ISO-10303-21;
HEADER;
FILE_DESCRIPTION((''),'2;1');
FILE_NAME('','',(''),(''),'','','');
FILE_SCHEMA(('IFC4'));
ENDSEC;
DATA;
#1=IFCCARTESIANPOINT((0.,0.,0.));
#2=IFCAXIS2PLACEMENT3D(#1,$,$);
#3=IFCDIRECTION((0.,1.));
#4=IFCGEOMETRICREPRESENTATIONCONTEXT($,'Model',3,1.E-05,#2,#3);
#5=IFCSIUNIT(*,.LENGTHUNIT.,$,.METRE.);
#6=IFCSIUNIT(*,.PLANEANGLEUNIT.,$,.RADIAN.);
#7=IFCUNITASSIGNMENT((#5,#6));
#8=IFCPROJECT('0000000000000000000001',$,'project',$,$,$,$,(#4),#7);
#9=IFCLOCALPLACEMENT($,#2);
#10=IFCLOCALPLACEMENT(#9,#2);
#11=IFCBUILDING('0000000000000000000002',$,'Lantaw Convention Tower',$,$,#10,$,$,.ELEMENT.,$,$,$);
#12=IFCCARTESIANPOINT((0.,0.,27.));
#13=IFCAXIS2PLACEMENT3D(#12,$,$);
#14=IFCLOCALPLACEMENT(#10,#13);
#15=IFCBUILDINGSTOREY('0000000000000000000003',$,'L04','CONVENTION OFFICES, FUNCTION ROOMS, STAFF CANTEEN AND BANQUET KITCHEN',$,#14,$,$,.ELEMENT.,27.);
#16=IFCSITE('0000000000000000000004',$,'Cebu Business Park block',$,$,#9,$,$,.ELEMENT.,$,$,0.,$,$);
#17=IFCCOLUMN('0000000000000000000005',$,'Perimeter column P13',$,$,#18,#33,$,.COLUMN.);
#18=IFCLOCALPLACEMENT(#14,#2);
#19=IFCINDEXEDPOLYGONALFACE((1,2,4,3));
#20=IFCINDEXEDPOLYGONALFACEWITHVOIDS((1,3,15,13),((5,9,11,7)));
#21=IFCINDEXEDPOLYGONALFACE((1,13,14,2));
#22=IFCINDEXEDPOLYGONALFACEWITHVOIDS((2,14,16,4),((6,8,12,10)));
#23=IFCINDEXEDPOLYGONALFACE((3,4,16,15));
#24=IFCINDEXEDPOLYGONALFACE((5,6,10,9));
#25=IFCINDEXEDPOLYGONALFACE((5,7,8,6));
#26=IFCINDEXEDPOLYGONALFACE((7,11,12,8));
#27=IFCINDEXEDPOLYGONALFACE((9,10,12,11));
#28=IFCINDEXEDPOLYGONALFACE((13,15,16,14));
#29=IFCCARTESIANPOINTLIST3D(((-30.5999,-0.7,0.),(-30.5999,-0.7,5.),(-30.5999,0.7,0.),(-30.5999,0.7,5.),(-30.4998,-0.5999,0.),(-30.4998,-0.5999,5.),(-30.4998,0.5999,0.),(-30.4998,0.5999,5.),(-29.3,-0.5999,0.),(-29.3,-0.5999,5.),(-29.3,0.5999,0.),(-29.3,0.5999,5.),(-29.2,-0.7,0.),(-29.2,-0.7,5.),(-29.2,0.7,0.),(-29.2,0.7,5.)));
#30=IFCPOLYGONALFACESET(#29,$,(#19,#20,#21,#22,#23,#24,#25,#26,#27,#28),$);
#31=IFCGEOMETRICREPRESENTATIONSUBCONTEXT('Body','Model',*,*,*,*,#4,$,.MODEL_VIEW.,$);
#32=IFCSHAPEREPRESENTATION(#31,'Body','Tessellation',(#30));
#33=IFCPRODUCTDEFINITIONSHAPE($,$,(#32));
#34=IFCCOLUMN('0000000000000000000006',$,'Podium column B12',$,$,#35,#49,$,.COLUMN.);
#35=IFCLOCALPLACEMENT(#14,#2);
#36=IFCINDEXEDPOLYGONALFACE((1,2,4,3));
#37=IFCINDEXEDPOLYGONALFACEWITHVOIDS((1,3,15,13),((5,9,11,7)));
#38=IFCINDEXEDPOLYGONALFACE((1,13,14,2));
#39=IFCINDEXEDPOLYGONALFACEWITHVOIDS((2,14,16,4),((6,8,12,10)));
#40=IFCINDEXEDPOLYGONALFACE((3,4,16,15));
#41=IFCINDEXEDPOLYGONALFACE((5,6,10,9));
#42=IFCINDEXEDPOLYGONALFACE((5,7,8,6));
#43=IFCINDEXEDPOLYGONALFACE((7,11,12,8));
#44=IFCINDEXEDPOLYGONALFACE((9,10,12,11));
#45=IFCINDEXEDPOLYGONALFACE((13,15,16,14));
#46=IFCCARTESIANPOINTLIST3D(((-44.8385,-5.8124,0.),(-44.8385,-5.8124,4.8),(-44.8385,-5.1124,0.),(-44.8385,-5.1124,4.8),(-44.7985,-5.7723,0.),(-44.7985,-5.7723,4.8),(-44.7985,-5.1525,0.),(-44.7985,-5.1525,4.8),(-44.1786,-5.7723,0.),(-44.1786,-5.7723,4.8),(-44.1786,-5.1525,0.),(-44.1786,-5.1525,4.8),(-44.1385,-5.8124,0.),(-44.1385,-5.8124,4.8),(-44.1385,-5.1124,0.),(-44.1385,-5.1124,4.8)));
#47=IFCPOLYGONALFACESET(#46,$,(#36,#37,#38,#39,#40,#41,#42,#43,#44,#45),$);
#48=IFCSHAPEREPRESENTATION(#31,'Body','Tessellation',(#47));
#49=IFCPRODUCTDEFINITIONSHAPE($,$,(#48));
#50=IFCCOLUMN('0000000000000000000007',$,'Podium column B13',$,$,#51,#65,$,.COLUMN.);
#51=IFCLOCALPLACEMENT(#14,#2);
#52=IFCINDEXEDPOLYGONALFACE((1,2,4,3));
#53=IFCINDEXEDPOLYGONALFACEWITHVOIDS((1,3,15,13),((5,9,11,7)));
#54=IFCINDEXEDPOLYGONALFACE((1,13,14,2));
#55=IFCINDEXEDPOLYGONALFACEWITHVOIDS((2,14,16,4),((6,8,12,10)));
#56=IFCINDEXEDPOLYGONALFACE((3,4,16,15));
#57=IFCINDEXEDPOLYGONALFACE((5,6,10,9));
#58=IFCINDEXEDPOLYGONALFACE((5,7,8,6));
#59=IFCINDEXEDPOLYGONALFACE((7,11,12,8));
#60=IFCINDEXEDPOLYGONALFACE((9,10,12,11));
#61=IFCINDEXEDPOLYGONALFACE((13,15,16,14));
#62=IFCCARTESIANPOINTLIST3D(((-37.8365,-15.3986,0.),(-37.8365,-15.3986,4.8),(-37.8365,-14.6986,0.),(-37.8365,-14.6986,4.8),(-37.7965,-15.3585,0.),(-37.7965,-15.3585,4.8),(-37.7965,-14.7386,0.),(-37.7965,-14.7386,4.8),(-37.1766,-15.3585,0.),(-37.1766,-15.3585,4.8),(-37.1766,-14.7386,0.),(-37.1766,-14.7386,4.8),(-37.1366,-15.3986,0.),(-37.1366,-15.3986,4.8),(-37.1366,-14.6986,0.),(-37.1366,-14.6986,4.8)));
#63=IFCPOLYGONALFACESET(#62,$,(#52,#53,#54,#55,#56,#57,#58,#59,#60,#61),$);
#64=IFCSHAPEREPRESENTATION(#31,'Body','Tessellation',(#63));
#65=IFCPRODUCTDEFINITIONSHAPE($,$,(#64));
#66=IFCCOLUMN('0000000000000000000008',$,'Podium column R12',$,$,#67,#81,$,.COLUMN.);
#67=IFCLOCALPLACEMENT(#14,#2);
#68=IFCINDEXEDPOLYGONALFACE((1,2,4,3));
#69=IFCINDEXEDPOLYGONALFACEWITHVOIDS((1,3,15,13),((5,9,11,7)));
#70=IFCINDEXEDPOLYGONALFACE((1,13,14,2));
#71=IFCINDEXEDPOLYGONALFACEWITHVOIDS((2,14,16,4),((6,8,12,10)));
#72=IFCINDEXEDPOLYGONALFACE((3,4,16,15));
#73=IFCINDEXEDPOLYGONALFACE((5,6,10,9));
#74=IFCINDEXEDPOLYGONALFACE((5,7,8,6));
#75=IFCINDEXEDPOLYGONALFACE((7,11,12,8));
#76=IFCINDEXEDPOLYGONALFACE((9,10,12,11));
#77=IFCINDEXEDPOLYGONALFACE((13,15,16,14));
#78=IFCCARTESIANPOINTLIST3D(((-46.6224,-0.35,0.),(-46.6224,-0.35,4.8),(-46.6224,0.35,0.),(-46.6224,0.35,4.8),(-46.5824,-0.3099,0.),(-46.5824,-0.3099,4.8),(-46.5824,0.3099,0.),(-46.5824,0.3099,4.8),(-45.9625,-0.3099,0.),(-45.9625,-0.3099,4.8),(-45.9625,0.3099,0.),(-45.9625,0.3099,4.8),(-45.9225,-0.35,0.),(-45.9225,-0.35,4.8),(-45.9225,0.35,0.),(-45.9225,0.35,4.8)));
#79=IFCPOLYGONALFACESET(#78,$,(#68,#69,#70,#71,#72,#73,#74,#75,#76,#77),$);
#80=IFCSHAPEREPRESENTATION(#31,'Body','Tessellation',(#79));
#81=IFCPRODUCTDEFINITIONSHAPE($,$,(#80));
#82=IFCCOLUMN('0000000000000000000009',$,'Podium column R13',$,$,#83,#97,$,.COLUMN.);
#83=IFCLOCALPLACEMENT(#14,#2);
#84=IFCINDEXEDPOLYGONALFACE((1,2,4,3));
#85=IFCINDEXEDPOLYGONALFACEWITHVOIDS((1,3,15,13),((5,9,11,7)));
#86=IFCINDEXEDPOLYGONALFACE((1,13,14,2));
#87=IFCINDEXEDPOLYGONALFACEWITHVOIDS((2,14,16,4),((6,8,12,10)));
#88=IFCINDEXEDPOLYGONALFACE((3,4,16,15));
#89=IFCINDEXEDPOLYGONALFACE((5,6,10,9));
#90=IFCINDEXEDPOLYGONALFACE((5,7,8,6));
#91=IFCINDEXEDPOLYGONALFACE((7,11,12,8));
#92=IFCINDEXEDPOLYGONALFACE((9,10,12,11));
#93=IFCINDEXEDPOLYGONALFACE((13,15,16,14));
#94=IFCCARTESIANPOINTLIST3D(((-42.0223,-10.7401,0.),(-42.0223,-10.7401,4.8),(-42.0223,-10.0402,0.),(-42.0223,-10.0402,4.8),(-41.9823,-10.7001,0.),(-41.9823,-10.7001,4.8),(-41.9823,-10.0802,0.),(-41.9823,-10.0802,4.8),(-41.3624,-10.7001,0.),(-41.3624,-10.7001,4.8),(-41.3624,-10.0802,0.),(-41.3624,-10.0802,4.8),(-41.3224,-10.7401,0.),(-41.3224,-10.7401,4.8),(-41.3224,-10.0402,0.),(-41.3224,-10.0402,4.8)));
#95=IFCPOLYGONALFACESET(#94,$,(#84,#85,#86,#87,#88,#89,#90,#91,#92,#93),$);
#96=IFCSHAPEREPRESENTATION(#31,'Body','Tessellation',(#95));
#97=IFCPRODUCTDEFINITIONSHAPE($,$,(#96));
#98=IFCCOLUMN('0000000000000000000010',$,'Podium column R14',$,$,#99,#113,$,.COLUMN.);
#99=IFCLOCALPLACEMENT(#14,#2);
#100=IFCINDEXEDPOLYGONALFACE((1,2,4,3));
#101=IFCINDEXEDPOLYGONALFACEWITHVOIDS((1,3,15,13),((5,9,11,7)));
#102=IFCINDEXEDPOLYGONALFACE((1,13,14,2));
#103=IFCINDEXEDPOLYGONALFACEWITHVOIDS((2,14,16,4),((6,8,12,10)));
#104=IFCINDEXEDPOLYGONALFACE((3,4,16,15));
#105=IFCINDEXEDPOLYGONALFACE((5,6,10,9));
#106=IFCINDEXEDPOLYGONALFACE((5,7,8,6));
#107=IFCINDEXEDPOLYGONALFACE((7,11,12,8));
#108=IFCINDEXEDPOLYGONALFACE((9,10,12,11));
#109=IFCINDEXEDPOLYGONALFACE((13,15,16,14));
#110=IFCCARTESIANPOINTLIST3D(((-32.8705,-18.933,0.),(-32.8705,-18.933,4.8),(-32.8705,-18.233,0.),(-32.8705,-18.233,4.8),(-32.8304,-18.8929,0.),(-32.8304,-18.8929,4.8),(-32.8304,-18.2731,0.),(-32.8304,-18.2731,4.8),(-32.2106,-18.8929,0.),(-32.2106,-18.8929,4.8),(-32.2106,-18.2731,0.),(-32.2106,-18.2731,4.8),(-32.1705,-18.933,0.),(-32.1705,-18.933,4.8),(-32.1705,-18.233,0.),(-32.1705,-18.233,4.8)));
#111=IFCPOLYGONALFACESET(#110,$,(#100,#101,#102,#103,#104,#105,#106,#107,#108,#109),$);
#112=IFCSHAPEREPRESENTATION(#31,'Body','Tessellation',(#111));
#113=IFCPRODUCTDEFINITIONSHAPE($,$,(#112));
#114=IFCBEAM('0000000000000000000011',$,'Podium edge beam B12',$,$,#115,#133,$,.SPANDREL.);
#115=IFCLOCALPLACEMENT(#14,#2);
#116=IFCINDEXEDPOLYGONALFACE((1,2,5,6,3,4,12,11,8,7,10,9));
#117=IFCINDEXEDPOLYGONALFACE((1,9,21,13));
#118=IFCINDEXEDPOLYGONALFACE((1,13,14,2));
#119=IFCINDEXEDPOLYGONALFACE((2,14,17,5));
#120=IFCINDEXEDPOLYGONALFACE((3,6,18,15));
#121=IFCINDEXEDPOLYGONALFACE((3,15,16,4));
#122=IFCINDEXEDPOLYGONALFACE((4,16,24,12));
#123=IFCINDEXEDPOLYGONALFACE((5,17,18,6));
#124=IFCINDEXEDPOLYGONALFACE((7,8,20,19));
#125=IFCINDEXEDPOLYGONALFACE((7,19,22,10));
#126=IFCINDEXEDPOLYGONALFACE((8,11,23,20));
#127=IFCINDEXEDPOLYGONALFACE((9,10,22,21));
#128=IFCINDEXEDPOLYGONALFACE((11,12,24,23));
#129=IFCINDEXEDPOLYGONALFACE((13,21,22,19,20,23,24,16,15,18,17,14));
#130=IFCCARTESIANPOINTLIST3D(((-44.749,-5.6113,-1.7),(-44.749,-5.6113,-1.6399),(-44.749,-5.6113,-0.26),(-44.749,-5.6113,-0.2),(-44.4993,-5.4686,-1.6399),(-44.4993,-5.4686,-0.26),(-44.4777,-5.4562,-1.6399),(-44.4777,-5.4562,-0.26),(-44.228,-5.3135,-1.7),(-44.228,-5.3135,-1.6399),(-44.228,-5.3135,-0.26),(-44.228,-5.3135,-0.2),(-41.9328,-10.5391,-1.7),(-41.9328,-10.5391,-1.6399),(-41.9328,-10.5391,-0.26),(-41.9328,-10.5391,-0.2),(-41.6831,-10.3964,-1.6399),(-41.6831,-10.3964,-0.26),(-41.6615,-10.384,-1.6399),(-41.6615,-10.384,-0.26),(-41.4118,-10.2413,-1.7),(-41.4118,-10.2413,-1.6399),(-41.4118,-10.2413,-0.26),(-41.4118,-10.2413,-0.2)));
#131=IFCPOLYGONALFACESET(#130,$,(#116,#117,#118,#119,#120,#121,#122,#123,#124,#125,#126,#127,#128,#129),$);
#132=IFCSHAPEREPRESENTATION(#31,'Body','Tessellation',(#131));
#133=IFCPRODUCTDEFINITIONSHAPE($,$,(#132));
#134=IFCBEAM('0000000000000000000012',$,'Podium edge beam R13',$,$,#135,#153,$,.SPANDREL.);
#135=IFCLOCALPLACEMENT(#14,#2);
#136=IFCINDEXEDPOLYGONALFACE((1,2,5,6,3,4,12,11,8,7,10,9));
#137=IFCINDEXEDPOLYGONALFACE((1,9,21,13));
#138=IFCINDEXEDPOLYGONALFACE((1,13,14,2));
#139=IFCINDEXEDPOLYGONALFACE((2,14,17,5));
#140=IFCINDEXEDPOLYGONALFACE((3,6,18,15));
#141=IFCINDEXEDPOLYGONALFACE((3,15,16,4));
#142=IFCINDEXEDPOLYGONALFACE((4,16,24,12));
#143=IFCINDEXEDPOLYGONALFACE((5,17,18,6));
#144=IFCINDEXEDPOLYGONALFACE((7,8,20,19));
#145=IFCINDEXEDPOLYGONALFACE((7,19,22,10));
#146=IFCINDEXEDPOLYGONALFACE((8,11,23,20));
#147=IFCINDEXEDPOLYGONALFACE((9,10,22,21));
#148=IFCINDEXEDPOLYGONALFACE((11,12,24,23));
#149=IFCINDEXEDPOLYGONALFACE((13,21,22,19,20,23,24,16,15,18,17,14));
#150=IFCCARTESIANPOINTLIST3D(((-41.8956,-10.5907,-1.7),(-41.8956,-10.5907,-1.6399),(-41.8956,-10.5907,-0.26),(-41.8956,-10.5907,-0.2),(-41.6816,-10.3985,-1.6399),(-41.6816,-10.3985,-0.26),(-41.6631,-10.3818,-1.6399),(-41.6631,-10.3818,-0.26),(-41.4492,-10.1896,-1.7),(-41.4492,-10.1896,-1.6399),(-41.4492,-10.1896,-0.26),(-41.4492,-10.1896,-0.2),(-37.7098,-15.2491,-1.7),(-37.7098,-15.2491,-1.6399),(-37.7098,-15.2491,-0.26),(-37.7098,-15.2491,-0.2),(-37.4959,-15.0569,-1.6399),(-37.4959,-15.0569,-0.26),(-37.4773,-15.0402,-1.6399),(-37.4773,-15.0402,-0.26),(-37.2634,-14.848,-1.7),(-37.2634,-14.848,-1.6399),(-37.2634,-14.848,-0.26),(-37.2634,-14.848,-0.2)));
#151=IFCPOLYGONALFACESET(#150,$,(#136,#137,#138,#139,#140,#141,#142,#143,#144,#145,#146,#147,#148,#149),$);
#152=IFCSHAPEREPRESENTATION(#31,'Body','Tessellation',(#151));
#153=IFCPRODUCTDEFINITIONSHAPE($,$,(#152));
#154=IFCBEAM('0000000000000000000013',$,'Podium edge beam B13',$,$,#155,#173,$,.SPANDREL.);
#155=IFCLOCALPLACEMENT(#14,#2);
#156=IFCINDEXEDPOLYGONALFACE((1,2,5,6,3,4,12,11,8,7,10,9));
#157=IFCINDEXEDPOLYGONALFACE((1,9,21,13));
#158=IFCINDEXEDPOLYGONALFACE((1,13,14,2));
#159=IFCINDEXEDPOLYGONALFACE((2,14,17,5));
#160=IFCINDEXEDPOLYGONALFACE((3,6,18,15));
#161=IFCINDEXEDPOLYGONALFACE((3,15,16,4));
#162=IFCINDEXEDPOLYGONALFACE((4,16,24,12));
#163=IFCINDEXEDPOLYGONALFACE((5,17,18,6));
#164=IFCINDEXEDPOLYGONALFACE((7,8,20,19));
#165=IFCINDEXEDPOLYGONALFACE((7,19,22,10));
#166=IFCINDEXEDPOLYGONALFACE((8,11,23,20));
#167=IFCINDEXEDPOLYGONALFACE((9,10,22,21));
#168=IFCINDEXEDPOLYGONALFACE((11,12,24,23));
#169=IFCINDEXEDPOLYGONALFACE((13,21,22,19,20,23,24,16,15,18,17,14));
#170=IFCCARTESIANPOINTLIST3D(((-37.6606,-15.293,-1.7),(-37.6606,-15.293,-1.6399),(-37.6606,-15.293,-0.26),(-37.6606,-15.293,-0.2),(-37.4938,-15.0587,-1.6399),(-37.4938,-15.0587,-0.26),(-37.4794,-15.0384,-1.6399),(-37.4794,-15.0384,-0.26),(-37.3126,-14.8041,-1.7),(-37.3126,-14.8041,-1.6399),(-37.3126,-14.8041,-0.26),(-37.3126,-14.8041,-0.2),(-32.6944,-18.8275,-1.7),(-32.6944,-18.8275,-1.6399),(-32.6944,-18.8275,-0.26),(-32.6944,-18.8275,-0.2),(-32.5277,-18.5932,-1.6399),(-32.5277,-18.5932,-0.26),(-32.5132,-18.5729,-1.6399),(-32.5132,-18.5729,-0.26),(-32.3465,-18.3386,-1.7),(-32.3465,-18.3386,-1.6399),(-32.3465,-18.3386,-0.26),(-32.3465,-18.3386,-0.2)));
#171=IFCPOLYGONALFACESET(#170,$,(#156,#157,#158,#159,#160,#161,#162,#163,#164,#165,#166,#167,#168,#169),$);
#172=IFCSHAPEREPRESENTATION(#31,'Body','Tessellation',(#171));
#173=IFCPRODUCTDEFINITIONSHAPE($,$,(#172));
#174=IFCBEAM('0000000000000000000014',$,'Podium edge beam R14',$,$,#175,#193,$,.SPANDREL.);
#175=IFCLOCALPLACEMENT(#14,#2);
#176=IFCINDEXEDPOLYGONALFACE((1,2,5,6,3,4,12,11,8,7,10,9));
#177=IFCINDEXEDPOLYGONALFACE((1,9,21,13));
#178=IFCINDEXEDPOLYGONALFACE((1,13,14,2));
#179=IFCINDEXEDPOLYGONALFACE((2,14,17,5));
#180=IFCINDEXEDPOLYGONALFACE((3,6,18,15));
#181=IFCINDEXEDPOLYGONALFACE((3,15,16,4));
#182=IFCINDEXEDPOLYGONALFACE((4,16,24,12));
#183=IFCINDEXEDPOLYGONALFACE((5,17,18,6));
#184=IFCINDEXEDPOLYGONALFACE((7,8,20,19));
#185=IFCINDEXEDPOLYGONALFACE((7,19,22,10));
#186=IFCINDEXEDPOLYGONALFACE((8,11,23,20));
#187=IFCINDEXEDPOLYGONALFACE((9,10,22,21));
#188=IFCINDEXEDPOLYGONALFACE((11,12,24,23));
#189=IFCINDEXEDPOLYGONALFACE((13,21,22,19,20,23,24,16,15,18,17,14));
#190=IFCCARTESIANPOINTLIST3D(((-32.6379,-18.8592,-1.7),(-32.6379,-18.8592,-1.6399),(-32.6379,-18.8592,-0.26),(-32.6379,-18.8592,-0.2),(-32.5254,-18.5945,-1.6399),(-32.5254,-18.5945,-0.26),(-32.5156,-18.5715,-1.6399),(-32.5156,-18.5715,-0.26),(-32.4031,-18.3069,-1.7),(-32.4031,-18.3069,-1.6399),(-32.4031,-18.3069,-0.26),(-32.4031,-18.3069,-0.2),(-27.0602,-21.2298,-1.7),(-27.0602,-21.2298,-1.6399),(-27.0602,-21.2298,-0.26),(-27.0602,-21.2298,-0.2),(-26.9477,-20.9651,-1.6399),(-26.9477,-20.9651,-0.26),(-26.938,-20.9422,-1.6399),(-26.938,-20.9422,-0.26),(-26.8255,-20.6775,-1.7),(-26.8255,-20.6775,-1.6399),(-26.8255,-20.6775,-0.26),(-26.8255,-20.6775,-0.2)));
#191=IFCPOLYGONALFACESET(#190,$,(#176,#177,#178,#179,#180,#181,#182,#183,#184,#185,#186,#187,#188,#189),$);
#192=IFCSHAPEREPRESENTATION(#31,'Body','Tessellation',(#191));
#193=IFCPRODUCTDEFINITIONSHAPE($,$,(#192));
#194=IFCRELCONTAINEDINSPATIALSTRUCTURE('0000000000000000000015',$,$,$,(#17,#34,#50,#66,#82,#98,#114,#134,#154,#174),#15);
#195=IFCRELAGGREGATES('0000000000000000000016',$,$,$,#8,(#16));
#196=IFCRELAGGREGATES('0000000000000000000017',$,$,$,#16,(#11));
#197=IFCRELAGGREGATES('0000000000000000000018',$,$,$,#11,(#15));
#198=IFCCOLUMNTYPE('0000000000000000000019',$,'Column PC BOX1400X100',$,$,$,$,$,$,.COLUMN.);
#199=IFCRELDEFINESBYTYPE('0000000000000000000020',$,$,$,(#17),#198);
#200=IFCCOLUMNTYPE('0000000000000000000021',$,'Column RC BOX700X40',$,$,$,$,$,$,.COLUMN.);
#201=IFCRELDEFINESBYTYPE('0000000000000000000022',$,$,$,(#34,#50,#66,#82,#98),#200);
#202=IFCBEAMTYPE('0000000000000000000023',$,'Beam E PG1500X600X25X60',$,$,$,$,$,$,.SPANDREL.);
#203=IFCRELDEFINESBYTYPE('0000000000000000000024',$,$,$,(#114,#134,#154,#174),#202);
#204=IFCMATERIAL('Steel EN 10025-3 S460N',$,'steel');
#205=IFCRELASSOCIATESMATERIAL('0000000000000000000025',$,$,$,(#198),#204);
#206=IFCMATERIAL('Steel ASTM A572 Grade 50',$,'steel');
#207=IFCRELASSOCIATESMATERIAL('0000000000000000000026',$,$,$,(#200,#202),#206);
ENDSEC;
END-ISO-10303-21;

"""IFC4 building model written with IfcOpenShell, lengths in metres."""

from ifc_helpers import new_model, si_unit, direction, frame, origin, origin_2d, place, context, subcontext, project, spatial, rectangle, hollow_rectangle, i_section, extrude, material, material_profile, profile_set, type_object, element, save


model = new_model("IFC4")

# Units and contexts
model_context = context("Model", 3, precision=1e-05, world=origin(), true_north=direction((0.0, 1.0)))
body_context = subcontext(model_context, "Body", "Model", "MODEL_VIEW")
ifc_project = project(units=[si_unit("LENGTHUNIT", "METRE"), si_unit("PLANEANGLEUNIT", "RADIAN")], contexts=[model_context])

# Site, building, storey
site_placement = place(None, origin())
site = spatial("IfcSite", under=ifc_project, at=site_placement, Name="Cebu Business Park block", CompositionType="ELEMENT", RefElevation=0.0)
building_placement = place(site_placement, origin())
building = spatial("IfcBuilding", under=site, at=building_placement, Name="Lantaw Convention Tower", CompositionType="ELEMENT")
storey_placement = place(building_placement, frame((0.0, 0.0, 27.0)))
storey = spatial("IfcBuildingStorey", under=building, at=storey_placement, Name="L04", Description="CONVENTION OFFICES, FUNCTION ROOMS, STAFF CANTEEN AND BANQUET KITCHEN", CompositionType="ELEMENT", Elevation=27.0)

# Columns
ifc_material_1 = material(Name="Steel EN 10025-3 S460N", Category="steel")
ifc_material_profile_1 = material_profile(ifc_material_1, hollow_rectangle(XDim=1.3999, YDim=1.3999, WallThickness=0.1001, at=origin_2d()), Name="BOX1400X100")
ifc_material_2 = material(Name="Concrete C60/75", Category="concrete")
ifc_material_profile_2 = material_profile(ifc_material_2, rectangle(XDim=1.2, YDim=1.2, at=origin_2d()), Name="Concrete fill of BOX1400X100")
ifc_profile_set_1 = profile_set([ifc_material_profile_1, ifc_material_profile_2], Name="Steel EN 10025-3 S460N")
column_type_1 = type_object("IfcColumnType", Name="Column PC BOX1400X100", PredefinedType="COLUMN", material=ifc_profile_set_1)
column_placement = place(storey_placement, frame((-29.8999, 0.0, 0.0), z_axis=(0.0, 0.0, 1.0), x_axis=(1.0, 0.0, 0.0)))
element("IfcColumn", 1, at=column_placement, inside=storey, type_object=column_type_1, Name="Perimeter column P13", PredefinedType="COLUMN", context=body_context, shape_type="SweptSolid", body=[
    extrude(hollow_rectangle(XDim=1.3999, YDim=1.3999, WallThickness=0.1001, at=origin_2d()), origin(), (0.0, 0.0, 1.0), 5.0),
])
ifc_material_3 = material(Name="Steel ASTM A572 Grade 50", Category="steel")
ifc_material_profile_3 = material_profile(ifc_material_3, hollow_rectangle(XDim=0.7, YDim=0.7, WallThickness=0.04, at=origin_2d()), Name="BOX700X40")
ifc_profile_set_2 = profile_set([ifc_material_profile_3], Name="Steel ASTM A572 Grade 50")
column_type_2 = type_object("IfcColumnType", Name="Column RC BOX700X40", PredefinedType="COLUMN", material=ifc_profile_set_2)
for number, where, z_axis, x_axis, name in (
    (2, (-44.4885, -5.4624, 0.0), (0.0, 0.0, 1.0), (1.0, 0.0, 0.0), "Podium column B12"),
    (3, (-37.4866, -15.0486, 0.0), (0.0, 0.0, 1.0), (1.0, 0.0, 0.0), "Podium column B13"),
    (4, (-46.2725, 0.0, 0.0), (0.0, 0.0, 1.0), (1.0, 0.0, 0.0), "Podium column R12"),
    (5, (-41.6724, -10.3901, 0.0), (0.0, 0.0, 1.0), (1.0, 0.0, 0.0), "Podium column R13"),
    (6, (-32.5205, -18.583, 0.0), (0.0, 0.0, 1.0), (1.0, 0.0, 0.0), "Podium column R14"),
):
    element("IfcColumn", number, at=place(storey_placement, frame(where, z_axis=z_axis, x_axis=x_axis)), inside=storey, type_object=column_type_2, Name=name, PredefinedType="COLUMN", context=body_context, shape_type="SweptSolid", body=[
        extrude(hollow_rectangle(XDim=0.7, YDim=0.7, WallThickness=0.04, at=origin_2d()), origin(), (0.0, 0.0, 1.0), 4.8),
    ])

# Beams
ifc_material_profile_4 = material_profile(ifc_material_3, i_section(OverallWidth=0.6001, OverallDepth=1.5, WebThickness=0.0249, FlangeThickness=0.0601, at=origin_2d()), Name="PG1500X600X25X60")
ifc_profile_set_3 = profile_set([ifc_material_profile_4], Name="Steel ASTM A572 Grade 50")
beam_type_1 = type_object("IfcBeamType", Name="Beam E PG1500X600X25X60", PredefinedType="SPANDREL", material=ifc_profile_set_3)
beam_1_placement = place(storey_placement, frame((-44.4885, -5.4624, -0.95), z_axis=(0.496181, -0.868219, 0.0), x_axis=(0.868219, 0.496181, 0.0)))
element("IfcBeam", 7, at=beam_1_placement, inside=storey, type_object=beam_type_1, Name="Podium edge beam B12", PredefinedType="SPANDREL", context=body_context, shape_type="SweptSolid", body=[
    extrude(i_section(OverallWidth=0.6001, OverallDepth=1.5, WebThickness=0.0249, FlangeThickness=0.0601, at=origin_2d()), origin(), (0.0, 0.0, 1.0), 5.6758),
])
beam_2_placement = place(storey_placement, frame((-41.6724, -10.3901, -0.95), z_axis=(0.668364, -0.743835, 0.0), x_axis=(0.743835, 0.668364, 0.0)))
element("IfcBeam", 8, at=beam_2_placement, inside=storey, type_object=beam_type_1, Name="Podium edge beam R13", PredefinedType="SPANDREL", context=body_context, shape_type="SweptSolid", body=[
    extrude(i_section(OverallWidth=0.6001, OverallDepth=1.5, WebThickness=0.0249, FlangeThickness=0.0601, at=origin_2d()), origin(), (0.0, 0.0, 1.0), 6.2627),
])
beam_3_placement = place(storey_placement, frame((-37.4866, -15.0486, -0.95), z_axis=(0.814723, -0.579851, 0.0), x_axis=(0.579851, 0.814723, 0.0)))
element("IfcBeam", 9, at=beam_3_placement, inside=storey, type_object=beam_type_1, Name="Podium edge beam B13", PredefinedType="SPANDREL", context=body_context, shape_type="SweptSolid", body=[
    extrude(i_section(OverallWidth=0.6001, OverallDepth=1.5, WebThickness=0.0249, FlangeThickness=0.0601, at=origin_2d()), origin(), (0.0, 0.0, 1.0), 6.0955),
])
beam_4_placement = place(storey_placement, frame((-32.5205, -18.583, -0.95), z_axis=(0.920324, -0.391156, 0.0), x_axis=(0.391156, 0.920324, 0.0)))
element("IfcBeam", 10, at=beam_4_placement, inside=storey, type_object=beam_type_1, Name="Podium edge beam R14", PredefinedType="SPANDREL", context=body_context, shape_type="SweptSolid", body=[
    extrude(i_section(OverallWidth=0.6001, OverallDepth=1.5, WebThickness=0.0249, FlangeThickness=0.0601, at=origin_2d()), origin(), (0.0, 0.0, 1.0), 6.0605),
])

save(model, "model.ifc")
